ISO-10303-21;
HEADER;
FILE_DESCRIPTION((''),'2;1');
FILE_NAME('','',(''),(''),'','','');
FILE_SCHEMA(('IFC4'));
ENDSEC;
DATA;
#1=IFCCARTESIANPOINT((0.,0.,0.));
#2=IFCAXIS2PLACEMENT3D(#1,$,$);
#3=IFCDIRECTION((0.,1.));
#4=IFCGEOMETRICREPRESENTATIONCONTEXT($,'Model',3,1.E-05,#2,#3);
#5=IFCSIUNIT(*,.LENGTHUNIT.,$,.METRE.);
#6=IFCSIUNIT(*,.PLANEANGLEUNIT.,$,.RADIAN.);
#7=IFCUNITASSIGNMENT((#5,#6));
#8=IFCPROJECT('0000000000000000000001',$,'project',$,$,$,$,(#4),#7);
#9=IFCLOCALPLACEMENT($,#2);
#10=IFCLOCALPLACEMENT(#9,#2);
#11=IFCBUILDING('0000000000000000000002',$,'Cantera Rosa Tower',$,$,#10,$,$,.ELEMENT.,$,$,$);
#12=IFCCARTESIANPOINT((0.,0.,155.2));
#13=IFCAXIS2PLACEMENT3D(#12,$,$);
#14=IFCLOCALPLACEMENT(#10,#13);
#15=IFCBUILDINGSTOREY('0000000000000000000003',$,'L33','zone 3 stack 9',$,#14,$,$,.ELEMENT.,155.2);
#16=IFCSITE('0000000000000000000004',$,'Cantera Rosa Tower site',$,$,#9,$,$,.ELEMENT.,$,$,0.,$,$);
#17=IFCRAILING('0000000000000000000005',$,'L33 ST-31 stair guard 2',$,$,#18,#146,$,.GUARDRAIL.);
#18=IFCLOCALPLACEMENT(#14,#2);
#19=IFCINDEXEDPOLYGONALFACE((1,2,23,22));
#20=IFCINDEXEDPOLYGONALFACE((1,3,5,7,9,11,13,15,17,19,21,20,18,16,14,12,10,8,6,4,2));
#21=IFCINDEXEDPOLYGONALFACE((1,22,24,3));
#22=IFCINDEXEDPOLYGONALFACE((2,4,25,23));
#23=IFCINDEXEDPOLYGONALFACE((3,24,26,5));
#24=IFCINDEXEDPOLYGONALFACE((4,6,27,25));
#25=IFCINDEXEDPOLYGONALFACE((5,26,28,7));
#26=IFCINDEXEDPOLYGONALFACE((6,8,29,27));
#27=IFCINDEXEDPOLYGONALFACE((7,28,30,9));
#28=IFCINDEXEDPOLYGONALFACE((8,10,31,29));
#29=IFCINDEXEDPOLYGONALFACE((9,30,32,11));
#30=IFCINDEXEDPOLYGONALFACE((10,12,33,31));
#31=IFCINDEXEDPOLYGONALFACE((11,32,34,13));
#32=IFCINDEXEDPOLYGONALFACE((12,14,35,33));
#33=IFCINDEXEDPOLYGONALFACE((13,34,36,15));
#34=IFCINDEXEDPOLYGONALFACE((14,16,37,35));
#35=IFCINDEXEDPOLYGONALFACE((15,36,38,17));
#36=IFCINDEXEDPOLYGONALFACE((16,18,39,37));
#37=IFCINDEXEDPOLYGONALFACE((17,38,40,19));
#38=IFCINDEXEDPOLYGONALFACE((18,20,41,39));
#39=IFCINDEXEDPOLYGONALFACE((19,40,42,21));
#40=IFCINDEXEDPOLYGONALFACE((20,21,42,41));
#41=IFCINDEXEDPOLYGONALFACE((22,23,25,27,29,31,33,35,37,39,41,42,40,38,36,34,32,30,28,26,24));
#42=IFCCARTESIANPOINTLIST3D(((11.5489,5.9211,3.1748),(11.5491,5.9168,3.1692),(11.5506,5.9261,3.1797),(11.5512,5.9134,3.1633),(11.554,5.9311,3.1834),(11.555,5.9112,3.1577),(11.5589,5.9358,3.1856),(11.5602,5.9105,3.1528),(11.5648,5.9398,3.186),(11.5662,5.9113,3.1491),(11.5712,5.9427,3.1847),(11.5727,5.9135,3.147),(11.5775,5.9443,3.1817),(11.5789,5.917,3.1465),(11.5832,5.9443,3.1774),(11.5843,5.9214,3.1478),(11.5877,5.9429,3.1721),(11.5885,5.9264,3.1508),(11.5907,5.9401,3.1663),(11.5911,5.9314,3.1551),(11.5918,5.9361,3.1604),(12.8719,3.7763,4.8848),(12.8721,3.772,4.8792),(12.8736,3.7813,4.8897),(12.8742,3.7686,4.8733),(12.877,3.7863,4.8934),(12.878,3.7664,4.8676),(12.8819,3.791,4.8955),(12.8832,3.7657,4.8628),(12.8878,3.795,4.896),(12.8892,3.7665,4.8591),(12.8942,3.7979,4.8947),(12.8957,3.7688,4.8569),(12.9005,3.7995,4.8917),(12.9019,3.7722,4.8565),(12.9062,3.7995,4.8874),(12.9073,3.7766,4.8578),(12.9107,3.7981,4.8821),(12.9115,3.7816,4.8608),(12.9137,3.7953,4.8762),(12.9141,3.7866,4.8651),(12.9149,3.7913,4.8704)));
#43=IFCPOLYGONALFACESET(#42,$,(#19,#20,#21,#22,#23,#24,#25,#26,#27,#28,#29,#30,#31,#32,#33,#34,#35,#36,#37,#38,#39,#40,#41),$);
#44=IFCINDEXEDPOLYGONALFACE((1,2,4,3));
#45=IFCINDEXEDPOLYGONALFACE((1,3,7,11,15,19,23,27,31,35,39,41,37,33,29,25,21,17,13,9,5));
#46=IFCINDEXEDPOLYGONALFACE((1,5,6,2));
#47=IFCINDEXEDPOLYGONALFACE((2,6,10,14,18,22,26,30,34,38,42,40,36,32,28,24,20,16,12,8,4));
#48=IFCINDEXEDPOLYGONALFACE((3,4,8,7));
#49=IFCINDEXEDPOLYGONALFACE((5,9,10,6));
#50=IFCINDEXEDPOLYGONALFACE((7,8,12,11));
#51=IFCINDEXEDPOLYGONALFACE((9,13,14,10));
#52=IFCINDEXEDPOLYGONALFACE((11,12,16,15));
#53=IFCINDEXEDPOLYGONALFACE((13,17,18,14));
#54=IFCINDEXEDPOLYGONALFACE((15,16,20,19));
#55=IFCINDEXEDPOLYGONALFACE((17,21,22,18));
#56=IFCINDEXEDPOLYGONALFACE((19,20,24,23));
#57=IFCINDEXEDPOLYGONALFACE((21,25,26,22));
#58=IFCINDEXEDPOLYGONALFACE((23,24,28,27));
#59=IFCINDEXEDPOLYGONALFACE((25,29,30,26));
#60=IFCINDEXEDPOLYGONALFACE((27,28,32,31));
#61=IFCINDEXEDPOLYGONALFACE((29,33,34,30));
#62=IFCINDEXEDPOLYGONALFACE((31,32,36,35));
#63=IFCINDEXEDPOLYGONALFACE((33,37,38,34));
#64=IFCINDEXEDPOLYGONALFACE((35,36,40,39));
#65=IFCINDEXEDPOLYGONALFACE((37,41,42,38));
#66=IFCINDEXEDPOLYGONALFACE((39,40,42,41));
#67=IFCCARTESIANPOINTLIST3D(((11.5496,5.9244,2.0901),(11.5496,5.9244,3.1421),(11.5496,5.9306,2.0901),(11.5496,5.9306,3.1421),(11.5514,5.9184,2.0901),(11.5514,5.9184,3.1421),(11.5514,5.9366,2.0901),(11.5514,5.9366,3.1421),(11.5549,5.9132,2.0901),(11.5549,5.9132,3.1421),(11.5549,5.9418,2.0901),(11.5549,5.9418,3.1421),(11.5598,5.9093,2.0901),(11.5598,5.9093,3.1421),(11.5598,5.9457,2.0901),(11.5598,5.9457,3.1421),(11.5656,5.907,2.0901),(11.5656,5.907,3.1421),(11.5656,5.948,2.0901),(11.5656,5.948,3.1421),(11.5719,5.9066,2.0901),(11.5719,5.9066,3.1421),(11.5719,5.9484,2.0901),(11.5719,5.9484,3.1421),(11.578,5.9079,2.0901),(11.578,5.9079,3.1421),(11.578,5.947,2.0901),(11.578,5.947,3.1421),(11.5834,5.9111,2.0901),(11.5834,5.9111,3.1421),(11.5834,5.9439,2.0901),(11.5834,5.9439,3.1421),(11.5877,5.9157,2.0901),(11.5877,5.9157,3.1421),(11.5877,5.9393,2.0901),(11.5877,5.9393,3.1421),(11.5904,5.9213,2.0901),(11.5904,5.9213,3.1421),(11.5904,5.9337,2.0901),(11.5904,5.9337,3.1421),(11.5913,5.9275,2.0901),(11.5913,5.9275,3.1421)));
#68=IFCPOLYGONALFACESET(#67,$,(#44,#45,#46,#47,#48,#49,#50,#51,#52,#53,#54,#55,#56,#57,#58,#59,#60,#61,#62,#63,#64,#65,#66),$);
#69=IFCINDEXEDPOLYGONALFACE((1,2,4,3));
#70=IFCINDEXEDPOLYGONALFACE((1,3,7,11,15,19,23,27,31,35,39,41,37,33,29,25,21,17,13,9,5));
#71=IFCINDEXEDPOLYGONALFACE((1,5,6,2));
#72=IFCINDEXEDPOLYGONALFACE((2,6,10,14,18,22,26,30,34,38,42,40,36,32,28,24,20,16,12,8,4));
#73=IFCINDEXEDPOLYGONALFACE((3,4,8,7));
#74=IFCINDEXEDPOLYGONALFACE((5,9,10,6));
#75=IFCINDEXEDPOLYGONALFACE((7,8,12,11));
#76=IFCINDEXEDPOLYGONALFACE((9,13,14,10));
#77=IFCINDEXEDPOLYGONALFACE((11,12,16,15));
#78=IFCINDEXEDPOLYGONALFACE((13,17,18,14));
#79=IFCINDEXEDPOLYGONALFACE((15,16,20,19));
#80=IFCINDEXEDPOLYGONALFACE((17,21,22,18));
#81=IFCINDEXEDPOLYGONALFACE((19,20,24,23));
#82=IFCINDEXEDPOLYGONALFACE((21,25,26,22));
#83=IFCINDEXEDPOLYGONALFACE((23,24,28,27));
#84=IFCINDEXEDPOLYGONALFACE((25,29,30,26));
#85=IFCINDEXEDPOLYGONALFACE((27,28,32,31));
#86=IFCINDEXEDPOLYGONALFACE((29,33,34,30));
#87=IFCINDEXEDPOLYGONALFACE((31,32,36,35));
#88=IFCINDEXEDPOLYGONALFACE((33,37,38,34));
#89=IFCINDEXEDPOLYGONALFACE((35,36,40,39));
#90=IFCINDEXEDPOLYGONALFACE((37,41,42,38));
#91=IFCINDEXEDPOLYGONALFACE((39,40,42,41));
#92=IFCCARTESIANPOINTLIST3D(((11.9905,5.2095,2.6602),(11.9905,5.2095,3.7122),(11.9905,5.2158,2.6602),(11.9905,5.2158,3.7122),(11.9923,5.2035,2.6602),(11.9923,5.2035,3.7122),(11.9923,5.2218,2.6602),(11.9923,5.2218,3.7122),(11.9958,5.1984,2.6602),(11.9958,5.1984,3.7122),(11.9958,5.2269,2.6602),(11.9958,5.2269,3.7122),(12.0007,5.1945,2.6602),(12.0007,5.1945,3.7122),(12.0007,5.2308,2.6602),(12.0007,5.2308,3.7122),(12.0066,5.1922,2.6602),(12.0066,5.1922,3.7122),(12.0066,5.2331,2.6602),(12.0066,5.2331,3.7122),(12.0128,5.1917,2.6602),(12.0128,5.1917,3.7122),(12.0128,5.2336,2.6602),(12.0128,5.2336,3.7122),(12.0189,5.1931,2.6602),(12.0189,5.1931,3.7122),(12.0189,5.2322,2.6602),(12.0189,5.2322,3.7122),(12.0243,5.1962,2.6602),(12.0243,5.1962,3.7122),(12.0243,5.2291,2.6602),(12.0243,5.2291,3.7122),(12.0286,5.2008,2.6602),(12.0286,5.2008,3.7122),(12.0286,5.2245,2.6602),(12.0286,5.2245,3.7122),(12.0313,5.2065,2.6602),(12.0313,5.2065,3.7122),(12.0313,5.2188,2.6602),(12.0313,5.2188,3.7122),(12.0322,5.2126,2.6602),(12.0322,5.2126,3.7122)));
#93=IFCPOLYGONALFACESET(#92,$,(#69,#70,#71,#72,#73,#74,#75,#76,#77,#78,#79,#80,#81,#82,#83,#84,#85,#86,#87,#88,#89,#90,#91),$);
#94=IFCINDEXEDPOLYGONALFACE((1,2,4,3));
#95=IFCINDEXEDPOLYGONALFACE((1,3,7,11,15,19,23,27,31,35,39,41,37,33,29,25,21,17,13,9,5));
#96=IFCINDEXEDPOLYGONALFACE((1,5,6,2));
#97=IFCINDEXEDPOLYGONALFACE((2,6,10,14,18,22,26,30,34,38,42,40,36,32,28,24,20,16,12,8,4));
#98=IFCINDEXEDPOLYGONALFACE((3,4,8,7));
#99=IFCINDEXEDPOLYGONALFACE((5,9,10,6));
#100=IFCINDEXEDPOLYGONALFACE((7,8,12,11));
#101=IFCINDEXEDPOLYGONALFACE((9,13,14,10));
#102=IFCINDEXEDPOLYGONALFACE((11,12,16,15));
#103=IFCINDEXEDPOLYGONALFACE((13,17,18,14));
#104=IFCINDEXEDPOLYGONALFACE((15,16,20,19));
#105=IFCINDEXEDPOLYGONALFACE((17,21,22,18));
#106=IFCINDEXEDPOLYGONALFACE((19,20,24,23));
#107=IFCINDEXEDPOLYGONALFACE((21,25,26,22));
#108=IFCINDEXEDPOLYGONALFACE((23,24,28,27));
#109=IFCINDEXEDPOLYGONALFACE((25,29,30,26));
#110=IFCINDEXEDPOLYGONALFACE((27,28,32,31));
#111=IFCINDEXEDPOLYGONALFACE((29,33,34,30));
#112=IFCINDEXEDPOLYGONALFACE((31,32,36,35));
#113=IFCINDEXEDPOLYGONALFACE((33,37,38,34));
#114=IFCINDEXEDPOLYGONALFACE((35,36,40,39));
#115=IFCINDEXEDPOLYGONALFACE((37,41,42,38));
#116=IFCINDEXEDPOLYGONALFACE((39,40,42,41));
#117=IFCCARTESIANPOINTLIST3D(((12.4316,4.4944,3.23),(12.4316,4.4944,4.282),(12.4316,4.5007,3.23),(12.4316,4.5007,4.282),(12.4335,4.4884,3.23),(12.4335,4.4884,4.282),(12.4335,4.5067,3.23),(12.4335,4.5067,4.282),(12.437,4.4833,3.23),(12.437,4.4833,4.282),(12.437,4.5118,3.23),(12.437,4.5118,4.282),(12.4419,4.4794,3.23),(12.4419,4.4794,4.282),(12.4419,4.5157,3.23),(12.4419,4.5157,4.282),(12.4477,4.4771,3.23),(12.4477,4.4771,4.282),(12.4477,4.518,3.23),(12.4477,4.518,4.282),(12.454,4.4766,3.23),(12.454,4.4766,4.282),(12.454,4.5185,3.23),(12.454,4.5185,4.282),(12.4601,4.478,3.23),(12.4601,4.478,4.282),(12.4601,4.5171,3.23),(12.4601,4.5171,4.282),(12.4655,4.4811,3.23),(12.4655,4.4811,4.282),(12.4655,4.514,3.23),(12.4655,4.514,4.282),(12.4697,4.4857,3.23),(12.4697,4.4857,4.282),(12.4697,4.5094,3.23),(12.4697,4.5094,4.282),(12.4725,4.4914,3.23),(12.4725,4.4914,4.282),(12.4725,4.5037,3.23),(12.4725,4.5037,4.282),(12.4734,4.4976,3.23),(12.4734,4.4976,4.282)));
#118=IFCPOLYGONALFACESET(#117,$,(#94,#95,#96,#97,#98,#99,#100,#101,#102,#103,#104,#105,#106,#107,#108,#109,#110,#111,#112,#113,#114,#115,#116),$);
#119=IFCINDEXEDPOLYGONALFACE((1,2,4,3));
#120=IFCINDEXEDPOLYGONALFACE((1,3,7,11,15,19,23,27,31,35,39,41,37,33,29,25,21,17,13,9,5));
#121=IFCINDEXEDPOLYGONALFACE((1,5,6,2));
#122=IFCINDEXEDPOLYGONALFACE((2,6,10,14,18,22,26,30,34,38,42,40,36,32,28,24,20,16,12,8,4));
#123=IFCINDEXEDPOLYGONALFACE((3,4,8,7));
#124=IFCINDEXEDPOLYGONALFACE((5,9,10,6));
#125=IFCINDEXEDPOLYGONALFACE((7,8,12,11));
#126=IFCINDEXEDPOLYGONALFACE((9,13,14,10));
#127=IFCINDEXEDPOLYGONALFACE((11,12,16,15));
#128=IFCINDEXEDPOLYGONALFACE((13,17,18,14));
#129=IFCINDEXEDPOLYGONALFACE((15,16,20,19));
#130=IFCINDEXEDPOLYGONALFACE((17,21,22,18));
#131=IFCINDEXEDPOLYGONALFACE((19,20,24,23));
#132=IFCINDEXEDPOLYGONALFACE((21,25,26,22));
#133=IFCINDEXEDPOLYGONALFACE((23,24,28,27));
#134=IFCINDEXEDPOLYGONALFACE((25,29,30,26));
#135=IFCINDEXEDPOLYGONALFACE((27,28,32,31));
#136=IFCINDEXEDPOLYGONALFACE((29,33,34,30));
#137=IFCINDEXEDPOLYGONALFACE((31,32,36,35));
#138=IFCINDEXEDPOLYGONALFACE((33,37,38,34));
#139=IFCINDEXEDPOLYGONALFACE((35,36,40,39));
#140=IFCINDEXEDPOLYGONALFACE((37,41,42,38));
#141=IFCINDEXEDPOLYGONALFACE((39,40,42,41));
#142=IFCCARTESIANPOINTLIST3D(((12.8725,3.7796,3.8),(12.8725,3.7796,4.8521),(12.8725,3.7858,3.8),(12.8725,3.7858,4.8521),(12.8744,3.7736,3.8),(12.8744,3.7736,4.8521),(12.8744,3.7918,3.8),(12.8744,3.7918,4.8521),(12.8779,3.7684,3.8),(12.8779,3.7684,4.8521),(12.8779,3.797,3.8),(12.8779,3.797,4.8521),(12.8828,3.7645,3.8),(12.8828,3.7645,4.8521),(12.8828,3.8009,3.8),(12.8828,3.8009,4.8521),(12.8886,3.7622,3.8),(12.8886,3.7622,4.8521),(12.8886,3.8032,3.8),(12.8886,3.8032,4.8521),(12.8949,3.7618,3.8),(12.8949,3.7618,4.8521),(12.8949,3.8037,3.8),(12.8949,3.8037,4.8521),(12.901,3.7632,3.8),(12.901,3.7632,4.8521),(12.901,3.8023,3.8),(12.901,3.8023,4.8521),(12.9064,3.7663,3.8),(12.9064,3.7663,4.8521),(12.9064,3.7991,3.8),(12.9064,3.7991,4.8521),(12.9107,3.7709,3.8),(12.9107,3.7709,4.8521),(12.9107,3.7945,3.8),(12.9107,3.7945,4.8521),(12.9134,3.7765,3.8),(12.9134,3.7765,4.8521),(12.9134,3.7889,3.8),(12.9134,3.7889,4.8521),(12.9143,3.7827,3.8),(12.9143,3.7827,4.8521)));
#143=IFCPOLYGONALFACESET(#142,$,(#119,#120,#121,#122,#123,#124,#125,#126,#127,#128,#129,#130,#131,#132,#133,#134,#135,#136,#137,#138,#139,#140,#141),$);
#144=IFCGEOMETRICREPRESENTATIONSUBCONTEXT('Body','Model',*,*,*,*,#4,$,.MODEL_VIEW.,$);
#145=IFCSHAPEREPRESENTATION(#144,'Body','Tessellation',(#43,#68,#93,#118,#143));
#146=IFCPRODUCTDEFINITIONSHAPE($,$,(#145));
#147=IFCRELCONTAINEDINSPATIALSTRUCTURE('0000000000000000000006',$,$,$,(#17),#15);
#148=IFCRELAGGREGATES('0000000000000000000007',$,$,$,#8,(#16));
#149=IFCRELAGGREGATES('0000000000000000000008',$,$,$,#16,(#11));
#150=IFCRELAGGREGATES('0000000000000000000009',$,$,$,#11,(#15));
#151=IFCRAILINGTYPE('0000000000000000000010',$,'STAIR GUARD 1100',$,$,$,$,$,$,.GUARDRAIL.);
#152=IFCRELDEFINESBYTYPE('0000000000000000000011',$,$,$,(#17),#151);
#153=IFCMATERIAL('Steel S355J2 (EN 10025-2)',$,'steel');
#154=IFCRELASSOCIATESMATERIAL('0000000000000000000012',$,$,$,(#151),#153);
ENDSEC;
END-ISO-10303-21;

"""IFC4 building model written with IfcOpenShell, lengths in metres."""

from ifc_helpers import new_model, si_unit, direction, frame, origin, origin_2d, place, context, subcontext, project, spatial, circle, extrude, material, type_object, element, save


model = new_model("IFC4")

# Units and contexts
model_context = context("Model", 3, precision=1e-05, world=origin(), true_north=direction((0.0, 1.0)))
body_context = subcontext(model_context, "Body", "Model", "MODEL_VIEW")
ifc_project = project(units=[si_unit("LENGTHUNIT", "METRE"), si_unit("PLANEANGLEUNIT", "RADIAN")], contexts=[model_context])

# Site, building, storey
site_placement = place(None, origin())
site = spatial("IfcSite", under=ifc_project, at=site_placement, Name="Cantera Rosa Tower site", CompositionType="ELEMENT", RefElevation=0.0)
building_placement = place(site_placement, origin())
building = spatial("IfcBuilding", under=site, at=building_placement, Name="Cantera Rosa Tower", CompositionType="ELEMENT")
storey_placement = place(building_placement, frame((0.0, 0.0, 155.2)))
storey = spatial("IfcBuildingStorey", under=building, at=storey_placement, Name="L33", Description="zone 3 stack 9", CompositionType="ELEMENT", Elevation=155.2)

# Railing
ifc_material_1 = material(Name="Steel S355J2 (EN 10025-2)", Category="steel")
railing_type_1 = type_object("IfcRailingType", Name="STAIR GUARD 1100", PredefinedType="GUARDRAIL", material=ifc_material_1)
railing_1_placement = place(storey_placement, frame((11.5703, 5.9275, 2.0901)))
element("IfcRailing", 1, at=railing_1_placement, inside=storey, type_object=railing_type_1, Name="L33 ST-31 stair guard 2", PredefinedType="GUARDRAIL", context=body_context, shape_type="SweptSolid", body=[
    extrude(circle(Radius=0.0239, at=origin_2d()), frame((0.0, 0.0, 1.0762), z_axis=(0.434428, -0.704271, 0.561493), x_axis=(0.851102, 0.525, 0.0)), (0.0, 0.0, 1.0), 3.0454),
    extrude(circle(Radius=0.021, at=origin_2d()), origin(), (0.0, 0.0, 1.0), 1.052),
    extrude(circle(Radius=0.021, at=origin_2d()), frame((0.4409, -0.7148, 0.5701)), (0.0, 0.0, 1.0), 1.052),
    extrude(circle(Radius=0.021, at=origin_2d()), frame((0.8821, -1.4299, 1.1399)), (0.0, 0.0, 1.0), 1.052),
    extrude(circle(Radius=0.021, at=origin_2d()), frame((1.323, -2.1448, 1.71)), (0.0, 0.0, 1.0), 1.052),
])

save(model, "model.ifc")
